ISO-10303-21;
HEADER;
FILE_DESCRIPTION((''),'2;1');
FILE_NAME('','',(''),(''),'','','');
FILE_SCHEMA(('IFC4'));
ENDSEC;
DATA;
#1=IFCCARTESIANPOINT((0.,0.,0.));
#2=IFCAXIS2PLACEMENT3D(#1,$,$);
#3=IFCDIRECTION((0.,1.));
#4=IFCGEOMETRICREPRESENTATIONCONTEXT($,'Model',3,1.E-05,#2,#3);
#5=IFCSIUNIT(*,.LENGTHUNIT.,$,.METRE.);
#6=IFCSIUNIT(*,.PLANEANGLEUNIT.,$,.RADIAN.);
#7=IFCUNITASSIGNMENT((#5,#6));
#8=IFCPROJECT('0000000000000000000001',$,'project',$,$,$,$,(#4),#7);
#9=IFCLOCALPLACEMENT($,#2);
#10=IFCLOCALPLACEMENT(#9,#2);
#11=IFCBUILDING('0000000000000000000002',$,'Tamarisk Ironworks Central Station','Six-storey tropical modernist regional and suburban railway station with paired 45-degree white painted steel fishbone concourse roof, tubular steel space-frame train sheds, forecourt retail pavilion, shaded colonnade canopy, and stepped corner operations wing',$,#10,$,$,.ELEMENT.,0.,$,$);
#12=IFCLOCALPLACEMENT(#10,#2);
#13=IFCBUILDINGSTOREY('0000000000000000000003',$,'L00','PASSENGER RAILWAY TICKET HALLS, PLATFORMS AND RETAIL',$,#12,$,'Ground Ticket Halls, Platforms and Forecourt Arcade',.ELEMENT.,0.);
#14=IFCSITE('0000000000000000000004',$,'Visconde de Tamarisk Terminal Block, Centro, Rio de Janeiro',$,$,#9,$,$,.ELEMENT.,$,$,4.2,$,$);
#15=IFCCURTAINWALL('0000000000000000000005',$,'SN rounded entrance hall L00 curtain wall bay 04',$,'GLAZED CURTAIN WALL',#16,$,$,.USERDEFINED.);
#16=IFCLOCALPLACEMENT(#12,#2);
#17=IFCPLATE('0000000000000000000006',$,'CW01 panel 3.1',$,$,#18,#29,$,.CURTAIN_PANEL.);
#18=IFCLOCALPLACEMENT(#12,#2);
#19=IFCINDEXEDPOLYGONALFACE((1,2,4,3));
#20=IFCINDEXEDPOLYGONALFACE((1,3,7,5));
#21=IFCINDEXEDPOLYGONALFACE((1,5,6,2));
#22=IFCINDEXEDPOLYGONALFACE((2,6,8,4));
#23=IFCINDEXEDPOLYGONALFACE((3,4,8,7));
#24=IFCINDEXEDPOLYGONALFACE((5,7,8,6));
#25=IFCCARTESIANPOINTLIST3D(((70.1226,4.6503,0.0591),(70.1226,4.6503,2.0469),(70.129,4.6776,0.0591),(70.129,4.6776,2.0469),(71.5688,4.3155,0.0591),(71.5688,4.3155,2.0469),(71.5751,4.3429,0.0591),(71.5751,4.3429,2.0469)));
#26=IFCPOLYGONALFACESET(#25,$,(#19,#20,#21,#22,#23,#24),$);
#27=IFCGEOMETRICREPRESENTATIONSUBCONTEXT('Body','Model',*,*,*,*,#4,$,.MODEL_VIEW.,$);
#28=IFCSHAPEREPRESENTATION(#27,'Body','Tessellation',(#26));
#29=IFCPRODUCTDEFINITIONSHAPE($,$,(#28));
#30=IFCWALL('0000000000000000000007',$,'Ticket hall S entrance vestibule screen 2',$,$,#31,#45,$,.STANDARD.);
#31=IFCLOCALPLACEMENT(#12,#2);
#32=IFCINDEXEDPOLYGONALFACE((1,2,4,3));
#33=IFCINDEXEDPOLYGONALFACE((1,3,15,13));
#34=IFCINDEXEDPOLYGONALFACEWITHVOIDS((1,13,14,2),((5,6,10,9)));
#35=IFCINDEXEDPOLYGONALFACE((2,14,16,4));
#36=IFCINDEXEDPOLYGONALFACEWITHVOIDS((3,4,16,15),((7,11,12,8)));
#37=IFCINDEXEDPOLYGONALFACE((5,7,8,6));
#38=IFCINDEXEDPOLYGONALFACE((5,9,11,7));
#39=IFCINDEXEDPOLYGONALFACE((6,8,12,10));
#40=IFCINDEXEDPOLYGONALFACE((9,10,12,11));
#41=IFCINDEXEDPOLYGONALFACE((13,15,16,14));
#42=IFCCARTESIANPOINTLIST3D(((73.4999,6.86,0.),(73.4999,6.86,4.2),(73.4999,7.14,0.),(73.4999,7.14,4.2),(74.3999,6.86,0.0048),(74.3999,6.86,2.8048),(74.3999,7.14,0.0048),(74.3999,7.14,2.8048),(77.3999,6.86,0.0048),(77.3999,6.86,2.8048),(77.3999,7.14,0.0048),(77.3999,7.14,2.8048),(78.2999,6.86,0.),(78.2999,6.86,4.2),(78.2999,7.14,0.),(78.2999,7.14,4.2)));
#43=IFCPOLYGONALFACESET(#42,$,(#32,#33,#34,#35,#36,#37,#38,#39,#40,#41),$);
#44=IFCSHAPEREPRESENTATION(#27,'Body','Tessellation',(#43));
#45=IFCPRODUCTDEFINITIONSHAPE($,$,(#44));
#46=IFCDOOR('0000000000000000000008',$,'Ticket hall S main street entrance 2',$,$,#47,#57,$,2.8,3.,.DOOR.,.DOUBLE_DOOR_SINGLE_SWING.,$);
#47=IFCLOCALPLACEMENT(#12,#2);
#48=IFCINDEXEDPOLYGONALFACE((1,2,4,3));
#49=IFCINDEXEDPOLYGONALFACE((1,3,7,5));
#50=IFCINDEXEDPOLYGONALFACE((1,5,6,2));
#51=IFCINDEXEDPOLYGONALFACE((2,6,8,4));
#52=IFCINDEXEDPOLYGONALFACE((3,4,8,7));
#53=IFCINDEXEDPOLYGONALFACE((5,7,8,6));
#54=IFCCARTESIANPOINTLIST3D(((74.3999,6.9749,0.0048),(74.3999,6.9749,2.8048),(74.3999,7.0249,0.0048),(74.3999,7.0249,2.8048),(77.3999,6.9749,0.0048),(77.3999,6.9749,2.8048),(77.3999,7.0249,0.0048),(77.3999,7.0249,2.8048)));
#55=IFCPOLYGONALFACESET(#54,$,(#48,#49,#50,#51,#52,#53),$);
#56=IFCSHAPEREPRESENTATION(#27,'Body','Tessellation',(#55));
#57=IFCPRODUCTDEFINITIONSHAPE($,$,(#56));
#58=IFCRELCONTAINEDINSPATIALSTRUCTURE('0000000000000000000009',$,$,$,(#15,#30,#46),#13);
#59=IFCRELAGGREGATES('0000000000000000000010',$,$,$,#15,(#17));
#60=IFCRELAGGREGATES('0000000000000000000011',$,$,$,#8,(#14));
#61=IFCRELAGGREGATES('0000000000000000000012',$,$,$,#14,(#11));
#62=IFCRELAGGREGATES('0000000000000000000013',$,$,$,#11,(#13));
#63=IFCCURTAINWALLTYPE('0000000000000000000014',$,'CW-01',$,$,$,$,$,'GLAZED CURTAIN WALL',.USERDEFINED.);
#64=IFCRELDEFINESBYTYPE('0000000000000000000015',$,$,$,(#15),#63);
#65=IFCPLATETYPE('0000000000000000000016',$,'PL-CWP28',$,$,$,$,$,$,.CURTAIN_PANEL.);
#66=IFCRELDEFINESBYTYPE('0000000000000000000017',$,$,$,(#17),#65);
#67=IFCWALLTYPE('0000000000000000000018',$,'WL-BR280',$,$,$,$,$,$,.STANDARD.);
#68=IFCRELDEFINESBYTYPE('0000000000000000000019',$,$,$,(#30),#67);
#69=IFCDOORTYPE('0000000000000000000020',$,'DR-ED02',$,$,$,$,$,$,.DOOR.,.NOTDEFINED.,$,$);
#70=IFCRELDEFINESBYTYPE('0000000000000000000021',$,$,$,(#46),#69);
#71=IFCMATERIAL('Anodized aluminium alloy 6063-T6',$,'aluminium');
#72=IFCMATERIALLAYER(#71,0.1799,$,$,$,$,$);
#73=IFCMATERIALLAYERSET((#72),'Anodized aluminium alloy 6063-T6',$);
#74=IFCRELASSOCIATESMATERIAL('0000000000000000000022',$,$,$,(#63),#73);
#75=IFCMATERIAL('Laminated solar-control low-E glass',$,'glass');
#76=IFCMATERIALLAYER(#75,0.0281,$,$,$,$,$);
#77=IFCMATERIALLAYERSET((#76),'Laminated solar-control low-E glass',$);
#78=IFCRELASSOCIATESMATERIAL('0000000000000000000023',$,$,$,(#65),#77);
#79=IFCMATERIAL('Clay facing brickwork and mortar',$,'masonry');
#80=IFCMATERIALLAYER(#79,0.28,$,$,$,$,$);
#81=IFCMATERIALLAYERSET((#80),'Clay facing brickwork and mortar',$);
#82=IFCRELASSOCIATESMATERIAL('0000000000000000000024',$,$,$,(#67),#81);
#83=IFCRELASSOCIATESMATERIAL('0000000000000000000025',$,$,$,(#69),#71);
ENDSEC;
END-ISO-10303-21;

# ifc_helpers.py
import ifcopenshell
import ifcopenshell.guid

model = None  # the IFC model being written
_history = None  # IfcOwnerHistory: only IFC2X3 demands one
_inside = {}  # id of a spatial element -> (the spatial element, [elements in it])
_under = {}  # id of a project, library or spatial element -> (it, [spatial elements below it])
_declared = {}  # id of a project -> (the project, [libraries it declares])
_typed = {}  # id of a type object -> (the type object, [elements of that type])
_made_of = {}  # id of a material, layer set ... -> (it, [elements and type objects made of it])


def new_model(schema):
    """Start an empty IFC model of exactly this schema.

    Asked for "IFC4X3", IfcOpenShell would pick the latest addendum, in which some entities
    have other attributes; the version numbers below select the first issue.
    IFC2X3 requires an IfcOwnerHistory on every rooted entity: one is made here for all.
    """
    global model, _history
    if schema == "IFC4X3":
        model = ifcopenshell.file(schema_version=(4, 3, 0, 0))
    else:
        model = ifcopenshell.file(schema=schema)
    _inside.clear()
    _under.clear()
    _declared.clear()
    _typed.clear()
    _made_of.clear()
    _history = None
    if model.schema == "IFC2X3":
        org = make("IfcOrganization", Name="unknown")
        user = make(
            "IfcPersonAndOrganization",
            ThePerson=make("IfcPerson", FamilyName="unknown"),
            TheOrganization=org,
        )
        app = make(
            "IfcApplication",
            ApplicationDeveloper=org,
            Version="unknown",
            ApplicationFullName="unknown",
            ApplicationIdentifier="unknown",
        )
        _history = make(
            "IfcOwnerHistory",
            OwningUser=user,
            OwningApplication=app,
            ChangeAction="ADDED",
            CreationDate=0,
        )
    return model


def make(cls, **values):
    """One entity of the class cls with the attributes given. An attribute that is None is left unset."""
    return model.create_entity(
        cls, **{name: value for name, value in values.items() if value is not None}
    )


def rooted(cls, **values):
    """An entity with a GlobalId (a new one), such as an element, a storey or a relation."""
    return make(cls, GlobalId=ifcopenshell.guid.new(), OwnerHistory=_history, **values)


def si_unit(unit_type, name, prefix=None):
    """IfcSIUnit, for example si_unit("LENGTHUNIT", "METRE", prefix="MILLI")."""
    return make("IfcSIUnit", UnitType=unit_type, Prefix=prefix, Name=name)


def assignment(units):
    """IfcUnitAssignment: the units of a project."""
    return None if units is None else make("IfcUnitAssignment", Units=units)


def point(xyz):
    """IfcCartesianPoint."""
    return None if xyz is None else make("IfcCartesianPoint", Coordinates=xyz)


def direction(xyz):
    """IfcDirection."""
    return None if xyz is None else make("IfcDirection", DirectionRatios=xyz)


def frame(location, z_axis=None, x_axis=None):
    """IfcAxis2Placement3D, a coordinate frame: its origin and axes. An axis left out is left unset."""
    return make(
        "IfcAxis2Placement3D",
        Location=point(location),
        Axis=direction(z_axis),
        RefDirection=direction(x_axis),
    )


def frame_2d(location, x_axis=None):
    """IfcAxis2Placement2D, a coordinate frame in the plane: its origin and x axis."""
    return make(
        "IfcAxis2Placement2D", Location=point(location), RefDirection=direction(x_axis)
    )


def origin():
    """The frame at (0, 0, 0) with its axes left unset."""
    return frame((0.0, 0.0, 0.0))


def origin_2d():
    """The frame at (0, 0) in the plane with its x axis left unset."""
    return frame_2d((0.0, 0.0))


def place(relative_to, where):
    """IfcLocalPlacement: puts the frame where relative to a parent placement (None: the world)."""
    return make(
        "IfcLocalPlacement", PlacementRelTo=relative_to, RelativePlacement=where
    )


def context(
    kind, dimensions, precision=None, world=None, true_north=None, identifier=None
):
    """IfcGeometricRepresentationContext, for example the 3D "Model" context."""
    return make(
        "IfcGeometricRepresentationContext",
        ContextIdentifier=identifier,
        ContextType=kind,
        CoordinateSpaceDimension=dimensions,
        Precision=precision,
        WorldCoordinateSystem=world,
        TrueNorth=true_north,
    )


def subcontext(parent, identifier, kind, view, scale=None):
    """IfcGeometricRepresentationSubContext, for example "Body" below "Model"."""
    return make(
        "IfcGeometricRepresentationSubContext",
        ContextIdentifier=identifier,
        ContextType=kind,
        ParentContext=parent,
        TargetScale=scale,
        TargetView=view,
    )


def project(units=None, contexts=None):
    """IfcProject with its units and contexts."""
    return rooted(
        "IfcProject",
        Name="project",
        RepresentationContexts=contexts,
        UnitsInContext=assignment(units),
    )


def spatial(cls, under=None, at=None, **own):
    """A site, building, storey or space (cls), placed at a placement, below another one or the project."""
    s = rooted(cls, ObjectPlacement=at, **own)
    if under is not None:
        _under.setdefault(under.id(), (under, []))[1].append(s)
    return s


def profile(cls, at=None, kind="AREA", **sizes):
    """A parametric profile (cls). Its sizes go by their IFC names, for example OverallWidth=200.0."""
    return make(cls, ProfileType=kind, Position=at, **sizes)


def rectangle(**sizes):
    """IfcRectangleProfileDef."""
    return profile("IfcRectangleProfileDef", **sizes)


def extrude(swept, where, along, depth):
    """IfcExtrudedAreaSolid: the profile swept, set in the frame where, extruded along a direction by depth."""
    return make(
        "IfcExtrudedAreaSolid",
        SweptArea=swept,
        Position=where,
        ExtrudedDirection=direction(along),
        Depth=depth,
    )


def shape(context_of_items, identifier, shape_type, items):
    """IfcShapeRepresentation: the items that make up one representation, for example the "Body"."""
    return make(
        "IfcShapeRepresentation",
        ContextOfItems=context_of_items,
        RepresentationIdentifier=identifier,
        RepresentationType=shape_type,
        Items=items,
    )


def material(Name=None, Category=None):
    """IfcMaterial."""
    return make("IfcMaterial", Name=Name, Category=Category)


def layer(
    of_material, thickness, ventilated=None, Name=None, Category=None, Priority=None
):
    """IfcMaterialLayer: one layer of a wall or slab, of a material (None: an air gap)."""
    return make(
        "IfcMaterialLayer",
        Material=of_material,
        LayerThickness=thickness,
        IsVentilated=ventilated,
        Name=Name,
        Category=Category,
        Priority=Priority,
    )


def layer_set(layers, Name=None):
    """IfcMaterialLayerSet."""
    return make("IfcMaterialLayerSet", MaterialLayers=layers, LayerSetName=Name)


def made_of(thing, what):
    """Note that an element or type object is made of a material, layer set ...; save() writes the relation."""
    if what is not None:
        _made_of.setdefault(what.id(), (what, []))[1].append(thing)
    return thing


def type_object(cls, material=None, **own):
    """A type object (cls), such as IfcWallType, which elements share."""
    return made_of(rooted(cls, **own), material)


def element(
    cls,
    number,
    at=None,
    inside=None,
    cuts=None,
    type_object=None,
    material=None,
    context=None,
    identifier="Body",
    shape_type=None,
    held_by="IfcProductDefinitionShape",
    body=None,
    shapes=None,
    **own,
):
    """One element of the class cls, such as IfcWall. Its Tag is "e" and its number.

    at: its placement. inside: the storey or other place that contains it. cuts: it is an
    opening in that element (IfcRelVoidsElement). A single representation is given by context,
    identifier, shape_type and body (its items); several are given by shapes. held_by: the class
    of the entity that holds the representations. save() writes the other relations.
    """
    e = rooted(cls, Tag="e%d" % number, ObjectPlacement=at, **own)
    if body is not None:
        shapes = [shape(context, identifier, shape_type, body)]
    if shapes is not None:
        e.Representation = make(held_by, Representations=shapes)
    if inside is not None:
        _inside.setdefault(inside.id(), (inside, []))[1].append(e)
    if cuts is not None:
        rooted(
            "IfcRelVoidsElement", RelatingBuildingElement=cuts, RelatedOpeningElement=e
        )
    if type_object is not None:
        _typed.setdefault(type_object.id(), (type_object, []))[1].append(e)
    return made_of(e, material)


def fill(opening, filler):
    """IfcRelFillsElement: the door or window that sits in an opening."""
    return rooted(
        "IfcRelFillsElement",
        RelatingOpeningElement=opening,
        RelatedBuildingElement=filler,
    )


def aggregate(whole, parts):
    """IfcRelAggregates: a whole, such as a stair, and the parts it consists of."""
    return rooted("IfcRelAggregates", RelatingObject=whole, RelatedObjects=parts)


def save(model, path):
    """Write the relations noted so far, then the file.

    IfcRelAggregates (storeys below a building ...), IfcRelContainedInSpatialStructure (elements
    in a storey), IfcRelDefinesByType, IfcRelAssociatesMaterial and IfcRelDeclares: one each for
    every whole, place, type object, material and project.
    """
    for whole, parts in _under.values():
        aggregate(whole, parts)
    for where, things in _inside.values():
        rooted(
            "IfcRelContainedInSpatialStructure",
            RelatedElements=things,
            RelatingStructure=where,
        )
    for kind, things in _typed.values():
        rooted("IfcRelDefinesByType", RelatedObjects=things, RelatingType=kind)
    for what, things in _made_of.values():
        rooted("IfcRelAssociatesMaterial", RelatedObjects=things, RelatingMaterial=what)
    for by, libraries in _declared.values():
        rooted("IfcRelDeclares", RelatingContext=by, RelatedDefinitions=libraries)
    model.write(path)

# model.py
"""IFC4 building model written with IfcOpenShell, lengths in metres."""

from ifc_helpers import new_model, si_unit, direction, frame, frame_2d, origin, origin_2d, place, context, subcontext, project, spatial, rectangle, extrude, material, layer, layer_set, type_object, element, fill, aggregate, save


model = new_model("IFC4")

# Units and contexts
model_context = context("Model", 3, precision=1e-05, world=origin(), true_north=direction((0.0, 1.0)))
body_context = subcontext(model_context, "Body", "Model", "MODEL_VIEW")
ifc_project = project(units=[si_unit("LENGTHUNIT", "METRE"), si_unit("PLANEANGLEUNIT", "RADIAN")], contexts=[model_context])

# Site, building, storey
site_placement = place(None, origin())
site = spatial("IfcSite", under=ifc_project, at=site_placement, Name="Visconde de Tamarisk Terminal Block, Centro, Rio de Janeiro", CompositionType="ELEMENT", RefElevation=4.2)
building_placement = place(site_placement, origin())
building = spatial("IfcBuilding", under=site, at=building_placement, Name="Tamarisk Ironworks Central Station", Description="Six-storey tropical modernist regional and suburban railway station with paired 45-degree white painted steel fishbone concourse roof, tubular steel space-frame train sheds, forecourt retail pavilion, shaded colonnade canopy, and stepped corner operations wing", CompositionType="ELEMENT", ElevationOfRefHeight=0.0)
storey_placement = place(building_placement, origin())
storey = spatial("IfcBuildingStorey", under=building, at=storey_placement, Name="L00", Description="PASSENGER RAILWAY TICKET HALLS, PLATFORMS AND RETAIL", LongName="Ground Ticket Halls, Platforms and Forecourt Arcade", CompositionType="ELEMENT", Elevation=0.0)

# Curtain wall
ifc_material_1 = material(Name="Anodized aluminium alloy 6063-T6", Category="aluminium")
ifc_layer_1 = layer(ifc_material_1, 0.1799)
ifc_layer_set_1 = layer_set([ifc_layer_1], Name="Anodized aluminium alloy 6063-T6")
curtain_wall_type = type_object("IfcCurtainWallType", Name="CW-01", ElementType="GLAZED CURTAIN WALL", PredefinedType="USERDEFINED", material=ifc_layer_set_1)
curtain_wall_1_placement = place(storey_placement, origin())
curtain_wall_1 = element("IfcCurtainWall", 1, at=curtain_wall_1_placement, inside=storey, type_object=curtain_wall_type, Name="SN rounded entrance hall L00 curtain wall bay 04", ObjectType="GLAZED CURTAIN WALL", PredefinedType="USERDEFINED")

# Plate
ifc_material_2 = material(Name="Laminated solar-control low-E glass", Category="glass")
ifc_layer_2 = layer(ifc_material_2, 0.0281)
ifc_layer_set_2 = layer_set([ifc_layer_2], Name="Laminated solar-control low-E glass")
plate_type = type_object("IfcPlateType", Name="PL-CWP28", PredefinedType="CURTAIN_PANEL", material=ifc_layer_set_2)
plate_1_placement = place(storey_placement, frame((70.8489, 4.4966, 0.0591), z_axis=(0.0, 0.0, 1.0), x_axis=(0.974239, -0.225517, 0.0)))
plate_1 = element("IfcPlate", 2, at=plate_1_placement, type_object=plate_type, Name="CW01 panel 3.1", PredefinedType="CURTAIN_PANEL", context=body_context, shape_type="SweptSolid", body=[
    extrude(rectangle(XDim=1.4844, YDim=0.0281, at=origin_2d()), origin(), (0.0, 0.0, 1.0), 1.9878),
])
aggregate(curtain_wall_1, [plate_1])

# Wall, opening, door
ifc_material_3 = material(Name="Clay facing brickwork and mortar", Category="masonry")
ifc_layer_3 = layer(ifc_material_3, 0.28)
ifc_layer_set_3 = layer_set([ifc_layer_3], Name="Clay facing brickwork and mortar")
wall_type = type_object("IfcWallType", Name="WL-BR280", PredefinedType="STANDARD", material=ifc_layer_set_3)
wall_placement = place(storey_placement, frame((73.5, 7.0, 0.0), z_axis=(0.0, 0.0, 1.0), x_axis=(1.0, 0.0, 0.0)))
wall = element("IfcWall", 3, at=wall_placement, inside=storey, type_object=wall_type, Name="Ticket hall S entrance vestibule screen 2", PredefinedType="STANDARD", context=body_context, shape_type="SweptSolid", body=[
    extrude(rectangle(XDim=4.8, YDim=0.28, at=frame_2d((2.3999, 0.0))), origin(), (0.0, 0.0, 1.0), 4.2),
])
opening_placement = place(wall_placement, frame((0.8999, 0.0, 0.0049)))
opening = element("IfcOpeningElement", 4, at=opening_placement, cuts=wall, PredefinedType="OPENING", context=body_context, shape_type="SweptSolid", body=[
    extrude(rectangle(XDim=3.0, YDim=2.8, at=frame_2d((1.5, 1.3999))), frame((0.0, 0.1519, 0.0), z_axis=(0.0, -1.0, 0.0), x_axis=(1.0, 0.0, 0.0)), (0.0, 0.0, 1.0), 0.304),
])
door_type = type_object("IfcDoorType", Name="DR-ED02", OperationType="NOTDEFINED", PredefinedType="DOOR", material=ifc_material_1)
door_placement = place(opening_placement, origin())
door = element("IfcDoor", 5, at=door_placement, inside=storey, type_object=door_type, Name="Ticket hall S main street entrance 2", OperationType="DOUBLE_DOOR_SINGLE_SWING", OverallHeight=2.8, OverallWidth=3.0, PredefinedType="DOOR", context=body_context, shape_type="SweptSolid", body=[
    extrude(rectangle(XDim=3.0, YDim=2.8, at=frame_2d((1.5, 1.3999))), frame((0.0, 0.0249, 0.0), z_axis=(0.0, -1.0, 0.0), x_axis=(1.0, 0.0, 0.0)), (0.0, 0.0, 1.0), 0.05),
])
fill(opening, door)

save(model, "model.ifc")
